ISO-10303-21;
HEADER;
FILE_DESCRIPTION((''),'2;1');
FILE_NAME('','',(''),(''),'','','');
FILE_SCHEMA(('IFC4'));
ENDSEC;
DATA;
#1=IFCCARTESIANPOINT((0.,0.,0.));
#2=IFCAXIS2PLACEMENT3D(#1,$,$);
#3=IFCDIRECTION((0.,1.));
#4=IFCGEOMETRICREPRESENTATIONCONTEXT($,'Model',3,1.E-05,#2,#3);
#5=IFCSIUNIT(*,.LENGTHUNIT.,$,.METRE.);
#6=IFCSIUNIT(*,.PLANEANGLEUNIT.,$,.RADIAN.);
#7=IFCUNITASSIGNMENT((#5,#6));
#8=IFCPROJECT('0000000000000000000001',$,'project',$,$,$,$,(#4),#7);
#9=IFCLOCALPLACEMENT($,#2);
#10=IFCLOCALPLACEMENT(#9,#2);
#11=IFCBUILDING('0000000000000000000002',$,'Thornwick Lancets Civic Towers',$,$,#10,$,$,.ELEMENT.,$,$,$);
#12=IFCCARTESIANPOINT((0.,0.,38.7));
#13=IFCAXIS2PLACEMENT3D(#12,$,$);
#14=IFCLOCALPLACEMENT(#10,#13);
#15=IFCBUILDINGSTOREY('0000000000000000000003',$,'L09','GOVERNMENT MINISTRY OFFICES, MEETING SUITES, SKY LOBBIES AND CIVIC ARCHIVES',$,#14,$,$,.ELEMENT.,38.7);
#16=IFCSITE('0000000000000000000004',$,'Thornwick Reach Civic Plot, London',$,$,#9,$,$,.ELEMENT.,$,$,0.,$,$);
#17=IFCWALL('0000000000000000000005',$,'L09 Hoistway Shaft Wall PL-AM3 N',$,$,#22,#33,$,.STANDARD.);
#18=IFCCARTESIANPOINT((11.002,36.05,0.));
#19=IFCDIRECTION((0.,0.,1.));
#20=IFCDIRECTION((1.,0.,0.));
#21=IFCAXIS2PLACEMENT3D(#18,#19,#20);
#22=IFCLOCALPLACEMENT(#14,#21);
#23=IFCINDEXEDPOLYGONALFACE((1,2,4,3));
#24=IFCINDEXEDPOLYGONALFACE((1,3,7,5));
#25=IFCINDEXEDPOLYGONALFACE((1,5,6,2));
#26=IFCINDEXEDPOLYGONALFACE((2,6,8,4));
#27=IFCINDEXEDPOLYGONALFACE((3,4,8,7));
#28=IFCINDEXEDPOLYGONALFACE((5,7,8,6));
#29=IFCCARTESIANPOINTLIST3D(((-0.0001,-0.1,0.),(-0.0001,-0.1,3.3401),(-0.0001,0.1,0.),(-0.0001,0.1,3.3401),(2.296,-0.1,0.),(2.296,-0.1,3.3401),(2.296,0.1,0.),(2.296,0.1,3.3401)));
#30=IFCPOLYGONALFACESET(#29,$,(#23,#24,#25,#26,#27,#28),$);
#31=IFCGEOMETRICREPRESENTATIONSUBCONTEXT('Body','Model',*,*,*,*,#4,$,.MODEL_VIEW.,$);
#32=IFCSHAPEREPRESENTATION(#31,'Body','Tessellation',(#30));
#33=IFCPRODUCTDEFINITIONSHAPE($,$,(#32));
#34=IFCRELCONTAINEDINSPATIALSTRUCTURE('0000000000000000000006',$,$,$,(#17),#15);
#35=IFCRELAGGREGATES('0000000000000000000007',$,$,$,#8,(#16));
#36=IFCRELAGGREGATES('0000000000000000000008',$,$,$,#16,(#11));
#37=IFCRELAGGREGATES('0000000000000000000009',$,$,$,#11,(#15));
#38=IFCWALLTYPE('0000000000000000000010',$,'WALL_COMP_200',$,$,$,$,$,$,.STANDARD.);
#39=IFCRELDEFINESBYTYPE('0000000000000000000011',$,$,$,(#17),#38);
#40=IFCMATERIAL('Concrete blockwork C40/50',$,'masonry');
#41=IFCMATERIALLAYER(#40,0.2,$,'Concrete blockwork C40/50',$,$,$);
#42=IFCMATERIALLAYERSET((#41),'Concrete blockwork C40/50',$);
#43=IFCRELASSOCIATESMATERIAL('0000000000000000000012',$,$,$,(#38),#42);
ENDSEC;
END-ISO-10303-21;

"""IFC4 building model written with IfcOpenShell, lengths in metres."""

from ifc_helpers import new_model, si_unit, direction, frame, frame_2d, origin, place, context, subcontext, project, spatial, rectangle, extrude, material, layer, layer_set, type_object, element, save


model = new_model("IFC4")

# Units and contexts
model_context = context("Model", 3, precision=1e-05, world=origin(), true_north=direction((0.0, 1.0)))
body_context = subcontext(model_context, "Body", "Model", "MODEL_VIEW")
ifc_project = project(units=[si_unit("LENGTHUNIT", "METRE"), si_unit("PLANEANGLEUNIT", "RADIAN")], contexts=[model_context])

# Site, building, storey
site_placement = place(None, origin())
site = spatial("IfcSite", under=ifc_project, at=site_placement, Name="Thornwick Reach Civic Plot, London", CompositionType="ELEMENT", RefElevation=0.0)
building_placement = place(site_placement, origin())
building = spatial("IfcBuilding", under=site, at=building_placement, Name="Thornwick Lancets Civic Towers", CompositionType="ELEMENT")
storey_placement = place(building_placement, frame((0.0, 0.0, 38.7)))
storey = spatial("IfcBuildingStorey", under=building, at=storey_placement, Name="L09", Description="GOVERNMENT MINISTRY OFFICES, MEETING SUITES, SKY LOBBIES AND CIVIC ARCHIVES", CompositionType="ELEMENT", Elevation=38.7)

# Wall
ifc_material_1 = material(Name="Concrete blockwork C40/50", Category="masonry")
ifc_layer_1 = layer(ifc_material_1, 0.2, Name="Concrete blockwork C40/50")
ifc_layer_set_1 = layer_set([ifc_layer_1], Name="Concrete blockwork C40/50")
wall_type_1 = type_object("IfcWallType", Name="WALL_COMP_200", PredefinedType="STANDARD", material=ifc_layer_set_1)
wall_1_placement = place(storey_placement, frame((11.002, 36.05, 0.0), z_axis=(0.0, 0.0, 1.0), x_axis=(1.0, 0.0, 0.0)))
element("IfcWall", 1, at=wall_1_placement, inside=storey, type_object=wall_type_1, Name="L09 Hoistway Shaft Wall PL-AM3 N", PredefinedType="STANDARD", context=body_context, shape_type="SweptSolid", body=[
    extrude(rectangle(XDim=2.2961, YDim=0.2, at=frame_2d((1.1479, 0.0))), origin(), (0.0, 0.0, 1.0), 3.3401),
])

save(model, "model.ifc")
